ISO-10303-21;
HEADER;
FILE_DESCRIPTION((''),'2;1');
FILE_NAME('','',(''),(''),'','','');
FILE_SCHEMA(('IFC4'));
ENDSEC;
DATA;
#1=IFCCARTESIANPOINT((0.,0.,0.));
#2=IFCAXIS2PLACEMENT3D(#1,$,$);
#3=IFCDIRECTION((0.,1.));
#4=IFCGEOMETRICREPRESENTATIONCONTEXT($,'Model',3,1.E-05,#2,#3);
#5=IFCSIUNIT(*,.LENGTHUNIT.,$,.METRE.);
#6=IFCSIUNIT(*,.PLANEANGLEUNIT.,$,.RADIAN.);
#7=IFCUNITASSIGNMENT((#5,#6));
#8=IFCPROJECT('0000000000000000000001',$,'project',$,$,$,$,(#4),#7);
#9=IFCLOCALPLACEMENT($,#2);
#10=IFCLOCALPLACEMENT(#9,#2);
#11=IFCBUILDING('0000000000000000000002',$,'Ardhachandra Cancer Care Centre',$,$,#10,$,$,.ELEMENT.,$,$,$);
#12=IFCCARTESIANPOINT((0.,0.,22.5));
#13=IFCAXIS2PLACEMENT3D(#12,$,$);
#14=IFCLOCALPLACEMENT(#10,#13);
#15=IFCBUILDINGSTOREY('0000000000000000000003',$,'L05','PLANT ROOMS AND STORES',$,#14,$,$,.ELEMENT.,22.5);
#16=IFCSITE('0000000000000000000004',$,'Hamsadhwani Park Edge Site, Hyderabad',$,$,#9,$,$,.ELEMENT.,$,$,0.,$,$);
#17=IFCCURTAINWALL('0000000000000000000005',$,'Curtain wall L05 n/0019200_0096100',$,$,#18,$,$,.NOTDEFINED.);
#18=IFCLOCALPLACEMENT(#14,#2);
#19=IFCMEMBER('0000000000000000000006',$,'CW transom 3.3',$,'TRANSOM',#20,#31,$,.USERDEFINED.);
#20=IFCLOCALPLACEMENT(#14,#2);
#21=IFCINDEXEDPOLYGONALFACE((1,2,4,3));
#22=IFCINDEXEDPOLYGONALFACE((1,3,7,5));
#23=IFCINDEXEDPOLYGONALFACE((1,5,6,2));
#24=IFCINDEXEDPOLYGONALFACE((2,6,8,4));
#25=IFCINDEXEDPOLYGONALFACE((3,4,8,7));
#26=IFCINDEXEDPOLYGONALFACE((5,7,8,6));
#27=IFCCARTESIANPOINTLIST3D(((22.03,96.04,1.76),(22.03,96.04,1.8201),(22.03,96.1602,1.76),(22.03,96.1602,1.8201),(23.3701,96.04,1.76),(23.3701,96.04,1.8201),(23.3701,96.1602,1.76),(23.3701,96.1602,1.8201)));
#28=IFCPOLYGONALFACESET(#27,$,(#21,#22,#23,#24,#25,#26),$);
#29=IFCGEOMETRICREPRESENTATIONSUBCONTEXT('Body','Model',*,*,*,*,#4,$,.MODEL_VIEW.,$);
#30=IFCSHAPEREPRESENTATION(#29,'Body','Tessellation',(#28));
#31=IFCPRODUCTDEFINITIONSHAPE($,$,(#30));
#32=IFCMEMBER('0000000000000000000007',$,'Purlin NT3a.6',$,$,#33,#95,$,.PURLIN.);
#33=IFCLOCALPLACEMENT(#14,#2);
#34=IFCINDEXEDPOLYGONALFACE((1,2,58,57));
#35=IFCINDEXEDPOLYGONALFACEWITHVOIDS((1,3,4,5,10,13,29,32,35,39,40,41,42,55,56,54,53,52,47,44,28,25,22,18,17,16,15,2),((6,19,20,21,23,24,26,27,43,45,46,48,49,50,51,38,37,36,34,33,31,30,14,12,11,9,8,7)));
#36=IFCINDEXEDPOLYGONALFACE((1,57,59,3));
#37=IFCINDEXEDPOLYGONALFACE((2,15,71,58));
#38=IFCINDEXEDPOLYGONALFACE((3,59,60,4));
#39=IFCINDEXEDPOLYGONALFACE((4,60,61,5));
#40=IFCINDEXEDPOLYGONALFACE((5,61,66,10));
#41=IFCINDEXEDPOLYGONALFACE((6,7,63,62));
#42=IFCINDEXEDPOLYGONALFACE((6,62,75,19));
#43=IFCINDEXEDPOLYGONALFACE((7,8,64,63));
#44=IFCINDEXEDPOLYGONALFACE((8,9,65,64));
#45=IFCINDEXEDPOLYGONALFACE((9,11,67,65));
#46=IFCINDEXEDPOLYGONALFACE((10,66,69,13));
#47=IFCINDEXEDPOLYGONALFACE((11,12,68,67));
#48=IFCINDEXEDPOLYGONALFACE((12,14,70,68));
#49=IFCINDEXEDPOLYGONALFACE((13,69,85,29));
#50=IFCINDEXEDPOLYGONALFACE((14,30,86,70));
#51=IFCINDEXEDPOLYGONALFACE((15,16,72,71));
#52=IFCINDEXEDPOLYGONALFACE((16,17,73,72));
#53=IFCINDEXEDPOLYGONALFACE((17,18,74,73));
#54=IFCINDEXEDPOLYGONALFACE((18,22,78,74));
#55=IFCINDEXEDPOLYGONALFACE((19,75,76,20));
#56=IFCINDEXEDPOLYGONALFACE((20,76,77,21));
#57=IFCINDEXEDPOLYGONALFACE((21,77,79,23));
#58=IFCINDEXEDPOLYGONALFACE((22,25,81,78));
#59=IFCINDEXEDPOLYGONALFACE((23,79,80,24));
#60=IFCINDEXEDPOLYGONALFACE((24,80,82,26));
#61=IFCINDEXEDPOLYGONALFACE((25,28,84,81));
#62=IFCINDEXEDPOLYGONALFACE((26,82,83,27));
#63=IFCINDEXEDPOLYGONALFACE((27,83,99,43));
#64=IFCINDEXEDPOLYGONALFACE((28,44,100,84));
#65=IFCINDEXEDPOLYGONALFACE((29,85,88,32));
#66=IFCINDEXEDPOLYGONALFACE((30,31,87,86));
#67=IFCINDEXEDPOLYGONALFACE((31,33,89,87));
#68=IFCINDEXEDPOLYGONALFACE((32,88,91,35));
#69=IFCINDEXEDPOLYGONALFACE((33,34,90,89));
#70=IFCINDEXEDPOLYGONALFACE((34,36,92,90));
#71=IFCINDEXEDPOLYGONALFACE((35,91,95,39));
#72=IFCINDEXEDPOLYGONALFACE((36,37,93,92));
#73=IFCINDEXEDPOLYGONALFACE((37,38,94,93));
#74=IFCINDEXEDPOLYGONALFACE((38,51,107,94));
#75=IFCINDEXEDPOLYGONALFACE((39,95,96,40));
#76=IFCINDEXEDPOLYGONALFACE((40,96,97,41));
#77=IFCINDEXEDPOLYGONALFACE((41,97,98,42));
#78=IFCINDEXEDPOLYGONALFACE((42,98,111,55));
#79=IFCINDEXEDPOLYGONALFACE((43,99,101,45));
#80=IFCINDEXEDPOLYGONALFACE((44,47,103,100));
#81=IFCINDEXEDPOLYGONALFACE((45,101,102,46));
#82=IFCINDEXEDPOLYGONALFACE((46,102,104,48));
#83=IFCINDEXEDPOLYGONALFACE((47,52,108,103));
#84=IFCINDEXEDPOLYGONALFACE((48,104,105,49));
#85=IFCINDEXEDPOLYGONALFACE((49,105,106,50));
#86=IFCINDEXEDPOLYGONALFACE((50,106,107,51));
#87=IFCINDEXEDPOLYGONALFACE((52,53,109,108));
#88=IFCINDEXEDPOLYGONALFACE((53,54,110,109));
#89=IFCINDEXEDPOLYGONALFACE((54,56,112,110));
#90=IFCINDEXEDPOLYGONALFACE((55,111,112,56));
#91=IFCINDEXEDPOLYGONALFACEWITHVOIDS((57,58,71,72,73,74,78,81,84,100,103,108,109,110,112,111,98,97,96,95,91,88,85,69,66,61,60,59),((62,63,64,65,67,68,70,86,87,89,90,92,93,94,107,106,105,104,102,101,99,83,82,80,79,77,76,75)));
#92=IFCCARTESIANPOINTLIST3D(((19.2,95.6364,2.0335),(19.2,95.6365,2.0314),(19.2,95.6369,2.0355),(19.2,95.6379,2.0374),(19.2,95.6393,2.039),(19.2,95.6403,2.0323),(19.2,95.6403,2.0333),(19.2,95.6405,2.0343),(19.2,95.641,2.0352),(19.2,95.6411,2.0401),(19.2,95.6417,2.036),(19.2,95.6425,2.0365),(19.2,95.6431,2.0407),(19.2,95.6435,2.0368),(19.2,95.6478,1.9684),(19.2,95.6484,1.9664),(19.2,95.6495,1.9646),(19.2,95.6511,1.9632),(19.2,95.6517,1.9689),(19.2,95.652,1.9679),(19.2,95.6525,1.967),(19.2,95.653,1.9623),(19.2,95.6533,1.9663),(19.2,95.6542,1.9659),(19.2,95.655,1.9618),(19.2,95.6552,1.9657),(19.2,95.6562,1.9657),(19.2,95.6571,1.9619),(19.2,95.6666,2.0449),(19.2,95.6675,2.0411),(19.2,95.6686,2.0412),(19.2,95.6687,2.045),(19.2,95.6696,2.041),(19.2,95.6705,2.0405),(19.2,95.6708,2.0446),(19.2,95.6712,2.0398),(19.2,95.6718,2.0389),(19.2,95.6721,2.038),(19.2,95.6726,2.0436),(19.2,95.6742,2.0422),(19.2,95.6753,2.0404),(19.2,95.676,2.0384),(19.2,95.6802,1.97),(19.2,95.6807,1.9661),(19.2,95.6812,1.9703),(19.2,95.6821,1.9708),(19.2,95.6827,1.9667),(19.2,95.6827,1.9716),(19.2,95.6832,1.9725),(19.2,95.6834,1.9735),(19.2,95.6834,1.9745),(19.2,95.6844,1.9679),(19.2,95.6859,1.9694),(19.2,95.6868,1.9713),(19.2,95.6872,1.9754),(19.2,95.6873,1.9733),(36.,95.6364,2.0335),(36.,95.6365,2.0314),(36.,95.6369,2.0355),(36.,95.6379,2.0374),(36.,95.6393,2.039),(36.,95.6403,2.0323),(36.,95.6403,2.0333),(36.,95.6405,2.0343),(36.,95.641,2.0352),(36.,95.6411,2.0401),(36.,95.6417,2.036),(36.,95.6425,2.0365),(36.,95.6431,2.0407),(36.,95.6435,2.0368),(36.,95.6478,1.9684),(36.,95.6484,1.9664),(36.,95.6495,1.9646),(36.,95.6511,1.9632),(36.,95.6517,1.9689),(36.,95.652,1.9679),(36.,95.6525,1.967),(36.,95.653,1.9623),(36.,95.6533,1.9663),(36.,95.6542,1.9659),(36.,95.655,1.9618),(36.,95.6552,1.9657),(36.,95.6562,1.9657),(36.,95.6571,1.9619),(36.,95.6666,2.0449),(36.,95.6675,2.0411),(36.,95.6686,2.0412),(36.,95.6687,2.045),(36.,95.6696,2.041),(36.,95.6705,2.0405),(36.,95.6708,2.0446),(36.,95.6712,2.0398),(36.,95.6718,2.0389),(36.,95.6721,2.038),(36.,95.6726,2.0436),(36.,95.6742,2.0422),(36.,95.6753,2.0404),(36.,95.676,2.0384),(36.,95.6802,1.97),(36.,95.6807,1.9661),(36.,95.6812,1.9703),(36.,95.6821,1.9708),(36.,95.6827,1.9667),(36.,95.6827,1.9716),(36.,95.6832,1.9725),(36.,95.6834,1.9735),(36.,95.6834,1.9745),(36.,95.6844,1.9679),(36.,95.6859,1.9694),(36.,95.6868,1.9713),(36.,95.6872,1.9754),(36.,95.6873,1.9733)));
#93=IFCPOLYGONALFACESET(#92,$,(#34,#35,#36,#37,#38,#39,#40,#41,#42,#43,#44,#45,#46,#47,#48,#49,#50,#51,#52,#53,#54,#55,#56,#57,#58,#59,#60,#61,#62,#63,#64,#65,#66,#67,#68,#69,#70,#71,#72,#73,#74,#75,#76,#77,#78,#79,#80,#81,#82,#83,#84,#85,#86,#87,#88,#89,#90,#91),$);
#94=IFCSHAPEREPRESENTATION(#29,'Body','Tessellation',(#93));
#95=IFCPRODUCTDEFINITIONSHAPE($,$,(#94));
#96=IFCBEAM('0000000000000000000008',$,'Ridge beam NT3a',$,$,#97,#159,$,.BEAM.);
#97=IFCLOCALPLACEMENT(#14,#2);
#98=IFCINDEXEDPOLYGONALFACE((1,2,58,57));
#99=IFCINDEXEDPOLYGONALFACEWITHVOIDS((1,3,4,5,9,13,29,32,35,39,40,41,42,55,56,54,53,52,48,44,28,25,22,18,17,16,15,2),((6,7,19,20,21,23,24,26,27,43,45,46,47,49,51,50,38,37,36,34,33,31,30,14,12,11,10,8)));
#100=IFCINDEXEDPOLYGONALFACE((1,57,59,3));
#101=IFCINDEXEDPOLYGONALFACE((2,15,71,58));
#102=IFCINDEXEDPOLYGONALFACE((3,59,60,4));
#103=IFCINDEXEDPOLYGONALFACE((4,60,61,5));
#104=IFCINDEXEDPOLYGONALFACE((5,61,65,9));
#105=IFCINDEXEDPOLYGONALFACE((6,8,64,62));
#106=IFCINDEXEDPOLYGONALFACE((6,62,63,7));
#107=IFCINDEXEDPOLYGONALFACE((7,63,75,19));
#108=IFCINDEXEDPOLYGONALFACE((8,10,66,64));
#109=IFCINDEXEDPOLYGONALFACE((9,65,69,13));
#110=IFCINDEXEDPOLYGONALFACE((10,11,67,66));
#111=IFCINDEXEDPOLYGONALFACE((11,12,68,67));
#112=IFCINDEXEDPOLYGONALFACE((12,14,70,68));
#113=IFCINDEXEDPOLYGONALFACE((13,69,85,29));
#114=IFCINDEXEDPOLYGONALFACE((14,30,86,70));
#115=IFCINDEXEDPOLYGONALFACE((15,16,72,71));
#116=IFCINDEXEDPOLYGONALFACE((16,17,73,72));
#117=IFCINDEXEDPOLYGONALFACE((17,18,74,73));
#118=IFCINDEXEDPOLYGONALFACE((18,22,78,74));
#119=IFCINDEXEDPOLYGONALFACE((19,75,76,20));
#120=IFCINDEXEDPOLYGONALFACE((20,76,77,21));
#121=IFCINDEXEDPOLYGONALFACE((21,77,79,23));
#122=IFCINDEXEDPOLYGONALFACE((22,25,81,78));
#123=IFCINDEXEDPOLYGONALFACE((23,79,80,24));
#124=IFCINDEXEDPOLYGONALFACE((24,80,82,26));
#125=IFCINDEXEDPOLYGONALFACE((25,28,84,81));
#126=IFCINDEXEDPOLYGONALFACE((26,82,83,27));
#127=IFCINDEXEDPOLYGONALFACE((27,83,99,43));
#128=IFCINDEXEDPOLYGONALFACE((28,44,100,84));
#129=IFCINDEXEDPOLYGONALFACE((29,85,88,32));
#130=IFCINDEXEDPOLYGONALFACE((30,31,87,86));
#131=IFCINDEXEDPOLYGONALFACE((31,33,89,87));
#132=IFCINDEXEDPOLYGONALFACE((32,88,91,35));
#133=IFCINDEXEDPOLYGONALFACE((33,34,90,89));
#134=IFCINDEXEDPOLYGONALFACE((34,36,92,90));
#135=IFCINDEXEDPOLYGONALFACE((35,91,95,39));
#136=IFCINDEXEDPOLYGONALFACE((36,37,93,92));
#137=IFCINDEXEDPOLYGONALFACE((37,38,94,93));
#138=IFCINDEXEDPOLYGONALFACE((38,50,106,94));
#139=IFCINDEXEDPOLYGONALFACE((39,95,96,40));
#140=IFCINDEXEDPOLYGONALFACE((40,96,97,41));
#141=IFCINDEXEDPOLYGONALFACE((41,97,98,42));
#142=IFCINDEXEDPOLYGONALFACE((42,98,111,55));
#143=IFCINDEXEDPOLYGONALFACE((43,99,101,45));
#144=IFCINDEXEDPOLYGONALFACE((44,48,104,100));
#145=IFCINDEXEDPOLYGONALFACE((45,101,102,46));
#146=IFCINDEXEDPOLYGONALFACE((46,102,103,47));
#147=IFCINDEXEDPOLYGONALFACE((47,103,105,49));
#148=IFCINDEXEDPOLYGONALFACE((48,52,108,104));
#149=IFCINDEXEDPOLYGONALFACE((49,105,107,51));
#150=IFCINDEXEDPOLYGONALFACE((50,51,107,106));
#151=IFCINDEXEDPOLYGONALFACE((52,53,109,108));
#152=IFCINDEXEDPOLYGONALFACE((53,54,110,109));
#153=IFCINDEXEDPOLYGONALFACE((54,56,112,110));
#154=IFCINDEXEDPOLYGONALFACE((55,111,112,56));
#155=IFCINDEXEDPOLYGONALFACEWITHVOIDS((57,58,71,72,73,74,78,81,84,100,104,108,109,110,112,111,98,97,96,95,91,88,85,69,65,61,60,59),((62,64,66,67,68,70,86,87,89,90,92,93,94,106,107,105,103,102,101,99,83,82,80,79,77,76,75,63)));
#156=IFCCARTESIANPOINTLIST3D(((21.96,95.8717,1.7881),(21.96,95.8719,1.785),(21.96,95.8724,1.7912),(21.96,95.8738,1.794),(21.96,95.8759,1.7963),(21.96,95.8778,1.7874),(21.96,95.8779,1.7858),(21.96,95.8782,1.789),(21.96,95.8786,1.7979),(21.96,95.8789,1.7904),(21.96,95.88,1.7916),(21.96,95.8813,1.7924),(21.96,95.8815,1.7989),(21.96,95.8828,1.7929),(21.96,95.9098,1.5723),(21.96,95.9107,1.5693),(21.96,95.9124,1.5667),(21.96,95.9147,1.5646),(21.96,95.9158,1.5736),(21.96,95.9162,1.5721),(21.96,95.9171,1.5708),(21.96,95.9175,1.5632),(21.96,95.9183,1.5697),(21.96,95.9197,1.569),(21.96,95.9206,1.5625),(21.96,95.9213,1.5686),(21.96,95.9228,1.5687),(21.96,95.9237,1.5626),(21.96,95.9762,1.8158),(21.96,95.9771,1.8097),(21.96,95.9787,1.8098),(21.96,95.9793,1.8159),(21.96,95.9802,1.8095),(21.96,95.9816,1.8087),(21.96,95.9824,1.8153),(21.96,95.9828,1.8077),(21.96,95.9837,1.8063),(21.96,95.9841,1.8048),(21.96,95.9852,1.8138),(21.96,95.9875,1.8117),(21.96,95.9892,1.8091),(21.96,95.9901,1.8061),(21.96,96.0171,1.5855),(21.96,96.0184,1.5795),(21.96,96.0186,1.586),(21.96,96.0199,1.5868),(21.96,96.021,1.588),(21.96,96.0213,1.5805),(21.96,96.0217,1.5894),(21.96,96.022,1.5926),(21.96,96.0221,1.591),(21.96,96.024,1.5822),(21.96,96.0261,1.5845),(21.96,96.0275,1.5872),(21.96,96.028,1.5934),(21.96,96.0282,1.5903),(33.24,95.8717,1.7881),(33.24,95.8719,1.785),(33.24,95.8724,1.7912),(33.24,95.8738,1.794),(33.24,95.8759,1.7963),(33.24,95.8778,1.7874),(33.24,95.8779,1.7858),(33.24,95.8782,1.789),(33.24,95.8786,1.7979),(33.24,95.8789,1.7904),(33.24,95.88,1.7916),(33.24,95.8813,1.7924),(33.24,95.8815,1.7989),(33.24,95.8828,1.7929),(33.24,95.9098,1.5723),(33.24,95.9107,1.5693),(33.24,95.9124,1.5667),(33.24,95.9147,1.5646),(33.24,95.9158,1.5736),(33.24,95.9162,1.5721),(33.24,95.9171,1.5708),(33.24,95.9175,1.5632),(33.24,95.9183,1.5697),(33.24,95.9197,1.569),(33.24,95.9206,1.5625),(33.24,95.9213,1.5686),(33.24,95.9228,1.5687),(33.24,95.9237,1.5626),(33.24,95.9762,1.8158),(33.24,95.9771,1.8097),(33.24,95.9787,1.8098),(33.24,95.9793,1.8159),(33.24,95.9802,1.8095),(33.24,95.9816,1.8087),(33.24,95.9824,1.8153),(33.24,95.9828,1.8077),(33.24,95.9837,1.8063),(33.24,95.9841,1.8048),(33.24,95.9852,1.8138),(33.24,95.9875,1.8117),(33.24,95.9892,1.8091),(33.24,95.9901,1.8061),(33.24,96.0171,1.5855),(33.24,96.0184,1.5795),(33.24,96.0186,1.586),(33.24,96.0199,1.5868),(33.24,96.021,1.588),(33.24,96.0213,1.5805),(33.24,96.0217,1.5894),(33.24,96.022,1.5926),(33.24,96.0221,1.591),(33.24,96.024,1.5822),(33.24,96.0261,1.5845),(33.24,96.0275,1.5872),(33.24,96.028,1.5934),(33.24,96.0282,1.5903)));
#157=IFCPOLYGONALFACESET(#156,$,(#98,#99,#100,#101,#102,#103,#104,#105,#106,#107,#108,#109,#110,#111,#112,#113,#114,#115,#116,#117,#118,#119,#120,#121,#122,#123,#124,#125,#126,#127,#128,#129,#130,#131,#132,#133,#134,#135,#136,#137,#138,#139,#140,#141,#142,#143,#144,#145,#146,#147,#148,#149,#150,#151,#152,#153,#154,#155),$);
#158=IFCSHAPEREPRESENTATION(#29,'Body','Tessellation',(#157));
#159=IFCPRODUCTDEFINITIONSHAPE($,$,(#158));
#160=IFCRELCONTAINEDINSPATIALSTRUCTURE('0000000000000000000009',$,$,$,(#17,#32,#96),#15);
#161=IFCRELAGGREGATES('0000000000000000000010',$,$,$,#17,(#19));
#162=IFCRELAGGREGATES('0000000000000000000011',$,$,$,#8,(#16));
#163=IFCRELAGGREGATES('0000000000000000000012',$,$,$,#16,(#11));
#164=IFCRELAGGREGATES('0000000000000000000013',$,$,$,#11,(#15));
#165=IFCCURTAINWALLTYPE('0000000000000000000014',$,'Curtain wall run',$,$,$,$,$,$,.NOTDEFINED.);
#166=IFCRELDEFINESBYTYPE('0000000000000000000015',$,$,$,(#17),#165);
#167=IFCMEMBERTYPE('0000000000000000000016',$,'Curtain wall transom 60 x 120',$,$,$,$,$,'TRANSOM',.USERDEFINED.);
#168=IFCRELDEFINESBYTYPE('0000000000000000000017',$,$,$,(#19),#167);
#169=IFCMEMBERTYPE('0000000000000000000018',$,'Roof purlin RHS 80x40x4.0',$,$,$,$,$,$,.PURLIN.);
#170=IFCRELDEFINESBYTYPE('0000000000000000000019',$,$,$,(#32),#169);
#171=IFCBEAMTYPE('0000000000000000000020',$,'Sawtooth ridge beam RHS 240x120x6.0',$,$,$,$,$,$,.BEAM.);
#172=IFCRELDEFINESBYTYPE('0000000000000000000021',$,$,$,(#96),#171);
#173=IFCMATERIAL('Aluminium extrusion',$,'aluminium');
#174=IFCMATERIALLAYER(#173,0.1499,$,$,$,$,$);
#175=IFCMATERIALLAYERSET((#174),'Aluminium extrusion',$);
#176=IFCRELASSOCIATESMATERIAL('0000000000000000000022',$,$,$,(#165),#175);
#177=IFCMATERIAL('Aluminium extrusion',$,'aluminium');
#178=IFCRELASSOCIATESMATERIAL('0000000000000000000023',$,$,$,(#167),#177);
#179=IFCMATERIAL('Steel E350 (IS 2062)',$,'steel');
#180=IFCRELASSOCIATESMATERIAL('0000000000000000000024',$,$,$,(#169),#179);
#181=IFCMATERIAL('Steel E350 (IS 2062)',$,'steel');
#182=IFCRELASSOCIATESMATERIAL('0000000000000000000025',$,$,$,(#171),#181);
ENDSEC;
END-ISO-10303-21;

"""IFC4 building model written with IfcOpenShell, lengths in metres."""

from ifc_helpers import new_model, si_unit, direction, frame, origin, origin_2d, place, context, subcontext, project, spatial, rectangle, hollow_rectangle, extrude, material, layer, layer_set, material_profile, profile_set, type_object, element, aggregate, save


model = new_model("IFC4")

# Units and contexts
model_context = context("Model", 3, precision=1e-05, world=origin(), true_north=direction((0.0, 1.0)))
body_context = subcontext(model_context, "Body", "Model", "MODEL_VIEW")
ifc_project = project(units=[si_unit("LENGTHUNIT", "METRE"), si_unit("PLANEANGLEUNIT", "RADIAN")], contexts=[model_context])

# Site, building, storey
site_placement = place(None, origin())
site = spatial("IfcSite", under=ifc_project, at=site_placement, Name="Hamsadhwani Park Edge Site, Hyderabad", CompositionType="ELEMENT", RefElevation=0.0)
building_placement = place(site_placement, origin())
building = spatial("IfcBuilding", under=site, at=building_placement, Name="Ardhachandra Cancer Care Centre", CompositionType="ELEMENT")
storey_placement = place(building_placement, frame((0.0, 0.0, 22.5)))
storey = spatial("IfcBuildingStorey", under=building, at=storey_placement, Name="L05", Description="PLANT ROOMS AND STORES", CompositionType="ELEMENT", Elevation=22.5)

# Curtain wall, member
ifc_material_1 = material(Name="Aluminium extrusion", Category="aluminium")
ifc_layer_1 = layer(ifc_material_1, 0.1499)
ifc_layer_set_1 = layer_set([ifc_layer_1], Name="Aluminium extrusion")
curtain_wall_type = type_object("IfcCurtainWallType", Name="Curtain wall run", PredefinedType="NOTDEFINED", material=ifc_layer_set_1)
curtain_wall_placement = place(storey_placement, origin())
curtain_wall = element("IfcCurtainWall", 1, at=curtain_wall_placement, inside=storey, type_object=curtain_wall_type, Name="Curtain wall L05 n/0019200_0096100", PredefinedType="NOTDEFINED")
ifc_material_2 = material(Name="Aluminium extrusion", Category="aluminium")
ifc_material_profile_1 = material_profile(ifc_material_2, rectangle(XDim=0.1201, YDim=0.0601, at=origin_2d()), Name="Curtain wall transom 60 x 120")
ifc_profile_set_1 = profile_set([ifc_material_profile_1], Name="Aluminium extrusion")
member_type_1 = type_object("IfcMemberType", Name="Curtain wall transom 60 x 120", ElementType="TRANSOM", PredefinedType="USERDEFINED", material=ifc_profile_set_1)
member_1_placement = place(storey_placement, frame((22.03, 96.1001, 1.79), z_axis=(1.0, 0.0, 0.0), x_axis=(0.0, 1.0, 0.0)))
member_1 = element("IfcMember", 2, at=member_1_placement, type_object=member_type_1, Name="CW transom 3.3", ObjectType="TRANSOM", PredefinedType="USERDEFINED", context=body_context, shape_type="SweptSolid", body=[
    extrude(rectangle(XDim=0.1201, YDim=0.0601, at=origin_2d()), origin(), (0.0, 0.0, 1.0), 1.3401),
])

# Member
ifc_material_3 = material(Name="Steel E350 (IS 2062)", Category="steel")
ifc_material_profile_2 = material_profile(ifc_material_3, hollow_rectangle(XDim=0.04, YDim=0.0801, WallThickness=0.0039, InnerFilletRadius=0.0039, OuterFilletRadius=0.0081, at=origin_2d()), Name="RHS 80x40x4.0")
ifc_profile_set_2 = profile_set([ifc_material_profile_2], Name="Steel E350 (IS 2062)")
member_type_2 = type_object("IfcMemberType", Name="Roof purlin RHS 80x40x4.0", PredefinedType="PURLIN", material=ifc_profile_set_2)
member_2_placement = place(storey_placement, frame((19.2, 95.6619, 2.0034), z_axis=(1.0, 0.0, 0.0), x_axis=(0.0, 0.98446, 0.175606)))
element("IfcMember", 3, at=member_2_placement, inside=storey, type_object=member_type_2, Name="Purlin NT3a.6", PredefinedType="PURLIN", context=body_context, shape_type="SweptSolid", body=[
    extrude(hollow_rectangle(XDim=0.04, YDim=0.0801, WallThickness=0.0039, InnerFilletRadius=0.0039, OuterFilletRadius=0.0081, at=origin_2d()), origin(), (0.0, 0.0, 1.0), 16.8),
])

# Beam
ifc_material_4 = material(Name="Steel E350 (IS 2062)", Category="steel")
ifc_material_profile_3 = material_profile(ifc_material_4, hollow_rectangle(XDim=0.1201, YDim=0.24, WallThickness=0.0061, InnerFilletRadius=0.0061, OuterFilletRadius=0.012, at=origin_2d()), Name="RHS 240x120x6.0")
ifc_profile_set_3 = profile_set([ifc_material_profile_3], Name="Steel E350 (IS 2062)")
beam_type_1 = type_object("IfcBeamType", Name="Sawtooth ridge beam RHS 240x120x6.0", PredefinedType="BEAM", material=ifc_profile_set_3)
beam_1_placement = place(storey_placement, frame((21.96, 95.95, 1.6892), z_axis=(1.0, 0.0, 0.0), x_axis=(0.0, 0.98446, 0.175606)))
element("IfcBeam", 4, at=beam_1_placement, inside=storey, type_object=beam_type_1, Name="Ridge beam NT3a", PredefinedType="BEAM", context=body_context, shape_type="SweptSolid", body=[
    extrude(hollow_rectangle(XDim=0.1201, YDim=0.24, WallThickness=0.0061, InnerFilletRadius=0.0061, OuterFilletRadius=0.012, at=origin_2d()), origin(), (0.0, 0.0, 1.0), 11.28),
])

aggregate(curtain_wall, [member_1])

save(model, "model.ifc")
